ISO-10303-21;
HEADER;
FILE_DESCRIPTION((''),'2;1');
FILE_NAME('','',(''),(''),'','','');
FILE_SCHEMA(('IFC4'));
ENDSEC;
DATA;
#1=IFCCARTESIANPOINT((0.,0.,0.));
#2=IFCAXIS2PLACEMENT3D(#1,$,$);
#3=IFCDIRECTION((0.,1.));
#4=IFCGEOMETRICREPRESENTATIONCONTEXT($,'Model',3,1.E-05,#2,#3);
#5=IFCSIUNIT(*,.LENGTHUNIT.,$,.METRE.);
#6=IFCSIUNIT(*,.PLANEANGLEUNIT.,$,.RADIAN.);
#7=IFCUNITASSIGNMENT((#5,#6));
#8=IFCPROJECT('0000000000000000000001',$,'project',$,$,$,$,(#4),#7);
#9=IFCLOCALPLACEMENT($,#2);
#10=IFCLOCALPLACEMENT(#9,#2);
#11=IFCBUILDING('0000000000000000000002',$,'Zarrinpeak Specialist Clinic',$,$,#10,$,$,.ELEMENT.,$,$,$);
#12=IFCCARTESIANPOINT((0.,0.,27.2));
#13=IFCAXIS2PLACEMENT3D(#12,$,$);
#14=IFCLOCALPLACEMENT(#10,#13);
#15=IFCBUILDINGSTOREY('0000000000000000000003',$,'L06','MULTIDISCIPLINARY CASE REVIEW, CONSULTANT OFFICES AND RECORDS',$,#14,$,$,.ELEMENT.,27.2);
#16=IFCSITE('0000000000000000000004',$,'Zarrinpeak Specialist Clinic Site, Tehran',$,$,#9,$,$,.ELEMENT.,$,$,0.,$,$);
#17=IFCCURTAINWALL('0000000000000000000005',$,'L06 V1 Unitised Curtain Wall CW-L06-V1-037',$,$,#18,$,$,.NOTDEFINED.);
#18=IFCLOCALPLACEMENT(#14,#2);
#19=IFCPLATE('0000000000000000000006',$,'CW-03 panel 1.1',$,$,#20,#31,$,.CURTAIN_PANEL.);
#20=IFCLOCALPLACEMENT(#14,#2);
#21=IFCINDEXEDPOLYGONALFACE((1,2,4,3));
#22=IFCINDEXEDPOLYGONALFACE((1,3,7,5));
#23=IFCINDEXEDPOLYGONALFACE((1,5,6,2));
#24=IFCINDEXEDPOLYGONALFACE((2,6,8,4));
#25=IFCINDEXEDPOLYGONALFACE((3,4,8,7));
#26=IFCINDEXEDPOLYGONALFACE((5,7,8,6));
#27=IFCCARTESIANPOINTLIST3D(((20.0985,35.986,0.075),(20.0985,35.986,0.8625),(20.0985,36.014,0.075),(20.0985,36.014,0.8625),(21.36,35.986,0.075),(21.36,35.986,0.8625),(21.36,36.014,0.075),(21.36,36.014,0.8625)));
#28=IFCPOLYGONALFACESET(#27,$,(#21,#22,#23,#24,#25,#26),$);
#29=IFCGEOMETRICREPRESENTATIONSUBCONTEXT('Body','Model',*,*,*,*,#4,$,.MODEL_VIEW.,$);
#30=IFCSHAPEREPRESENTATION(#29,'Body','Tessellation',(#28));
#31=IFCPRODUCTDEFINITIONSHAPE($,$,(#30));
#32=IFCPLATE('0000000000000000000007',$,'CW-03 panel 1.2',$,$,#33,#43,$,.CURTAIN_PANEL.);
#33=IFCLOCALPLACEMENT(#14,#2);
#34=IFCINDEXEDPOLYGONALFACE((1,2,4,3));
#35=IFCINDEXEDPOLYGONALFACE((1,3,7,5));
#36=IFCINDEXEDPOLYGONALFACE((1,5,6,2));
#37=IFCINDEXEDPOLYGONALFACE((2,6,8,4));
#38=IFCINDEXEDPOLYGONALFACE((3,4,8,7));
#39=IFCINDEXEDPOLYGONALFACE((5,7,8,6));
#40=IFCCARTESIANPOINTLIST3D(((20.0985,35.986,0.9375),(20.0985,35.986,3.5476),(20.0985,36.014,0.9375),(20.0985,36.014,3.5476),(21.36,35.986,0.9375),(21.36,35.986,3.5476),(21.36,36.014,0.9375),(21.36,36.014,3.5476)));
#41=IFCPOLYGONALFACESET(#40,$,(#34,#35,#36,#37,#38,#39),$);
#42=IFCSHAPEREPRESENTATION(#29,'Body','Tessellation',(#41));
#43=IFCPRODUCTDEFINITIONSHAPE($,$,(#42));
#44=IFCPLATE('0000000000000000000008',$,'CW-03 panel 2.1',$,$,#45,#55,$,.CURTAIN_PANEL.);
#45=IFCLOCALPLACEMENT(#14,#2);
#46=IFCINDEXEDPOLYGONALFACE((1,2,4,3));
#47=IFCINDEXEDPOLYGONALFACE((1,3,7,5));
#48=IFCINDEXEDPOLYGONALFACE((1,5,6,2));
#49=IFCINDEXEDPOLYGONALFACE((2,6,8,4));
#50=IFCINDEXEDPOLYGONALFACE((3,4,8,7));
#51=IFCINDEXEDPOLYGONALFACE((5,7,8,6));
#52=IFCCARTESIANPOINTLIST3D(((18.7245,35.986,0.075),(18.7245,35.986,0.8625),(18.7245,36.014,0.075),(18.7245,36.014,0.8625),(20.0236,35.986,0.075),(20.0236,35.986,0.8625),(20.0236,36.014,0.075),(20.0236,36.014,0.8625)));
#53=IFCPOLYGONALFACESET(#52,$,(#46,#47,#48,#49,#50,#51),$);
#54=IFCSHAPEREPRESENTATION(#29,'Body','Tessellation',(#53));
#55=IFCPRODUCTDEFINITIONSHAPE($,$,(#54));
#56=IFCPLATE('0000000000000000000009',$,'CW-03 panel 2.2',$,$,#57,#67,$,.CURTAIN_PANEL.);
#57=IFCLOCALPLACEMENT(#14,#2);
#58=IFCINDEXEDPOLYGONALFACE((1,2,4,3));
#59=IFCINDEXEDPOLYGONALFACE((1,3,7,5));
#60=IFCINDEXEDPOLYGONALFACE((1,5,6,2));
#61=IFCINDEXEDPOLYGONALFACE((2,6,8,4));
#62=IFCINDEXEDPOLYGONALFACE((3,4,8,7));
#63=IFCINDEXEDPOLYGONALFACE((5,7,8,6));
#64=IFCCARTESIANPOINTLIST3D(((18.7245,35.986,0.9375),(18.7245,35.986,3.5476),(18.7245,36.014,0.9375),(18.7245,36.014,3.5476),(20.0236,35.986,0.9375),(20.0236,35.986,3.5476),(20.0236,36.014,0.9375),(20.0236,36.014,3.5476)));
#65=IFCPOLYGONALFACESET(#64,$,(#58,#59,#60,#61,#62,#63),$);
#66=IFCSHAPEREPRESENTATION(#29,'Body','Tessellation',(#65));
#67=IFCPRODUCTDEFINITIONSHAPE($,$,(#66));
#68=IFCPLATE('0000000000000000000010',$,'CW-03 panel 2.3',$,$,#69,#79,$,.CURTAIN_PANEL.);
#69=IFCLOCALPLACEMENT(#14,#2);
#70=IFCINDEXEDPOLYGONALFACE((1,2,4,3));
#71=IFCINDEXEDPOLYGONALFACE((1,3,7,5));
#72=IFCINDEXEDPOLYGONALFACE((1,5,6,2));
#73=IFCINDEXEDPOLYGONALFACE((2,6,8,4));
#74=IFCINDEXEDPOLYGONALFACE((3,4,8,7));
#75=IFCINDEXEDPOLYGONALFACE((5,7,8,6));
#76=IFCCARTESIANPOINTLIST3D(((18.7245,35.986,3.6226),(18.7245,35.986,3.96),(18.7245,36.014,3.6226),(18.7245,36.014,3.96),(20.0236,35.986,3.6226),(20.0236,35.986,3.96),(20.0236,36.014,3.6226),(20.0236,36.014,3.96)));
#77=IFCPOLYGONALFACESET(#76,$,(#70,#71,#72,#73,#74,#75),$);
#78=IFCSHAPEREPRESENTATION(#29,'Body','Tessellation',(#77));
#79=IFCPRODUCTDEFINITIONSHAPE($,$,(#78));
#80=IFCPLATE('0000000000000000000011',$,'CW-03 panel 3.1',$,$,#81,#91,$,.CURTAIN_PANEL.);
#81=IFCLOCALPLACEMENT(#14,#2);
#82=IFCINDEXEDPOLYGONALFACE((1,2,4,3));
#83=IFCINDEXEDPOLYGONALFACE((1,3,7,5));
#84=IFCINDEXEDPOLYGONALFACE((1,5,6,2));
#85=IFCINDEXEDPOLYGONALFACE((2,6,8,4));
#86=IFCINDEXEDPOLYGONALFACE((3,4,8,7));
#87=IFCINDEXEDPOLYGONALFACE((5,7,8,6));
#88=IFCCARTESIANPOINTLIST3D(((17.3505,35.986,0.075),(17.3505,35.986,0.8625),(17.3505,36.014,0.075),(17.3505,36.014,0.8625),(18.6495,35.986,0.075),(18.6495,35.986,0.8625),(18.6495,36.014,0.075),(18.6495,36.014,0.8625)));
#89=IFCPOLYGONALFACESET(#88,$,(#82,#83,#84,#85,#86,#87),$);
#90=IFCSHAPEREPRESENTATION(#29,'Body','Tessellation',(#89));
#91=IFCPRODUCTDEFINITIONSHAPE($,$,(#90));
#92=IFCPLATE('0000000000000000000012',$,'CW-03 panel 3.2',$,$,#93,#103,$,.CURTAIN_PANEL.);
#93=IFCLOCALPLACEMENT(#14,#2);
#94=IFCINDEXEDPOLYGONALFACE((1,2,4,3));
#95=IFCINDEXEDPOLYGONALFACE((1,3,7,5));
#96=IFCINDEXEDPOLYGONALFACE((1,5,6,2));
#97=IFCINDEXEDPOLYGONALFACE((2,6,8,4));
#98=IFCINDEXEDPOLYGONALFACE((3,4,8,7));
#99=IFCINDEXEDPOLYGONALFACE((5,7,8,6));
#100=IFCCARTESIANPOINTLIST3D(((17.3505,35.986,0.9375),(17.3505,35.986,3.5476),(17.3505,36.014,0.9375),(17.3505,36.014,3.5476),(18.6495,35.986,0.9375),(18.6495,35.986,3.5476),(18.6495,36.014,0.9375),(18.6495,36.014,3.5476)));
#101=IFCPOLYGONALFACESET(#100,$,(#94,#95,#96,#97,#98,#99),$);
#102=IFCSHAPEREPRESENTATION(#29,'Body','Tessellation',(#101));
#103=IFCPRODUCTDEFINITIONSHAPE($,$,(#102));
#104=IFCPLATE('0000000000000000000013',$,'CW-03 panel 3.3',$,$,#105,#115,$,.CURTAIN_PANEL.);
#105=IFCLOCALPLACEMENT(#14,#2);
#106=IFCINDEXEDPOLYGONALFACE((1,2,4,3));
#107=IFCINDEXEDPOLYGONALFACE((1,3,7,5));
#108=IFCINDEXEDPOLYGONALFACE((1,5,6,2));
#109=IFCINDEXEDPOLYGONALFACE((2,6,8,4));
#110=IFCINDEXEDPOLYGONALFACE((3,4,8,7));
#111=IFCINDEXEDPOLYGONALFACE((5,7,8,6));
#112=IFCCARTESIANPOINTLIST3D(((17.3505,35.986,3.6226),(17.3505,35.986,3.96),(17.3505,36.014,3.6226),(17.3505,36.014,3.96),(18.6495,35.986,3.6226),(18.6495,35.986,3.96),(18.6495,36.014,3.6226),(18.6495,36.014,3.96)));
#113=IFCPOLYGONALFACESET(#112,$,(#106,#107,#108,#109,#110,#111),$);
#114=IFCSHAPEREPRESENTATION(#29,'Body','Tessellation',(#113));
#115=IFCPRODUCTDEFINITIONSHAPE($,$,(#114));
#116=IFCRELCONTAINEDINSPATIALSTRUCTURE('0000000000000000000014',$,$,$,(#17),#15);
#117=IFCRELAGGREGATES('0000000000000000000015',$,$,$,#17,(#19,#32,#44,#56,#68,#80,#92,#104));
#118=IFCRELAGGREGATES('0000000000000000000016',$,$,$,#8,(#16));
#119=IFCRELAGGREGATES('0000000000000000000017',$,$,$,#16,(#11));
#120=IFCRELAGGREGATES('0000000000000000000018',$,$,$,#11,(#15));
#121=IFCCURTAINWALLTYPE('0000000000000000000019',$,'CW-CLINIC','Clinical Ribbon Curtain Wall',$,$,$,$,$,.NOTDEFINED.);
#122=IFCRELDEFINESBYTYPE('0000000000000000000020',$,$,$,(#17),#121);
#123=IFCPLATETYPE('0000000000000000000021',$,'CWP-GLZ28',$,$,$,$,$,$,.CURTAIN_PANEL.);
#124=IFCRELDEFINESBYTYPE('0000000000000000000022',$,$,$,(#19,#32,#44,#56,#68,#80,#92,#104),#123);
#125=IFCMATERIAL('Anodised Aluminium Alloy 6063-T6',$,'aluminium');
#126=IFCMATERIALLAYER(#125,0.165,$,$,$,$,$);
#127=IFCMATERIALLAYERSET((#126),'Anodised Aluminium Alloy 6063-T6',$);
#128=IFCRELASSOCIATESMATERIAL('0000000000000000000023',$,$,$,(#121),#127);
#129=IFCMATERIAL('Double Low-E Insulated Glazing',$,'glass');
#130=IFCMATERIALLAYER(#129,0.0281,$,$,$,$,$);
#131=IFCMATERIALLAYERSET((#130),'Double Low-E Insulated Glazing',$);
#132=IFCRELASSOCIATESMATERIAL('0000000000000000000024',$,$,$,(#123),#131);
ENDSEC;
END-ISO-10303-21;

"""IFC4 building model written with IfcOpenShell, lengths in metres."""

from ifc_helpers import new_model, si_unit, direction, frame, origin, origin_2d, place, context, subcontext, project, spatial, rectangle, extrude, material, layer, layer_set, type_object, element, aggregate, save


model = new_model("IFC4")

# Units and contexts
model_context = context("Model", 3, precision=1e-05, world=origin(), true_north=direction((0.0, 1.0)))
body_context = subcontext(model_context, "Body", "Model", "MODEL_VIEW")
ifc_project = project(units=[si_unit("LENGTHUNIT", "METRE"), si_unit("PLANEANGLEUNIT", "RADIAN")], contexts=[model_context])

# Site, building, storey
site_placement = place(None, origin())
site = spatial("IfcSite", under=ifc_project, at=site_placement, Name="Zarrinpeak Specialist Clinic Site, Tehran", CompositionType="ELEMENT", RefElevation=0.0)
building_placement = place(site_placement, origin())
building = spatial("IfcBuilding", under=site, at=building_placement, Name="Zarrinpeak Specialist Clinic", CompositionType="ELEMENT")
storey_placement = place(building_placement, frame((0.0, 0.0, 27.2)))
storey = spatial("IfcBuildingStorey", under=building, at=storey_placement, Name="L06", Description="MULTIDISCIPLINARY CASE REVIEW, CONSULTANT OFFICES AND RECORDS", CompositionType="ELEMENT", Elevation=27.2)

# Curtain wall, plates
ifc_material_1 = material(Name="Anodised Aluminium Alloy 6063-T6", Category="aluminium")
ifc_layer_1 = layer(ifc_material_1, 0.165)
ifc_layer_set_1 = layer_set([ifc_layer_1], Name="Anodised Aluminium Alloy 6063-T6")
curtain_wall_type = type_object("IfcCurtainWallType", Name="CW-CLINIC", Description="Clinical Ribbon Curtain Wall", PredefinedType="NOTDEFINED", material=ifc_layer_set_1)
curtain_wall_placement = place(storey_placement, origin())
curtain_wall = element("IfcCurtainWall", 1, at=curtain_wall_placement, inside=storey, type_object=curtain_wall_type, Name="L06 V1 Unitised Curtain Wall CW-L06-V1-037", PredefinedType="NOTDEFINED")
ifc_material_2 = material(Name="Double Low-E Insulated Glazing", Category="glass")
ifc_layer_2 = layer(ifc_material_2, 0.0281)
ifc_layer_set_2 = layer_set([ifc_layer_2], Name="Double Low-E Insulated Glazing")
plate_type = type_object("IfcPlateType", Name="CWP-GLZ28", PredefinedType="CURTAIN_PANEL", material=ifc_layer_set_2)
plate_1_placement = place(storey_placement, frame((20.7292, 36.0, 0.075), z_axis=(0.0, 0.0, 1.0), x_axis=(-1.0, 0.0, 0.0)))
plate_1 = element("IfcPlate", 2, at=plate_1_placement, type_object=plate_type, Name="CW-03 panel 1.1", PredefinedType="CURTAIN_PANEL", context=body_context, shape_type="SweptSolid", body=[
    extrude(rectangle(XDim=1.2615, YDim=0.0281, at=origin_2d()), origin(), (0.0, 0.0, 1.0), 0.7876),
])
plate_2_placement = place(storey_placement, frame((20.7292, 36.0, 0.9375), z_axis=(0.0, 0.0, 1.0), x_axis=(-1.0, 0.0, 0.0)))
plate_2 = element("IfcPlate", 3, at=plate_2_placement, type_object=plate_type, Name="CW-03 panel 1.2", PredefinedType="CURTAIN_PANEL", context=body_context, shape_type="SweptSolid", body=[
    extrude(rectangle(XDim=1.2615, YDim=0.0281, at=origin_2d()), origin(), (0.0, 0.0, 1.0), 2.6101),
])
plate_3_placement = place(storey_placement, frame((19.374, 36.0, 0.075), z_axis=(0.0, 0.0, 1.0), x_axis=(-1.0, 0.0, 0.0)))
plate_3 = element("IfcPlate", 4, at=plate_3_placement, type_object=plate_type, Name="CW-03 panel 2.1", PredefinedType="CURTAIN_PANEL", context=body_context, shape_type="SweptSolid", body=[
    extrude(rectangle(XDim=1.2991, YDim=0.0281, at=origin_2d()), origin(), (0.0, 0.0, 1.0), 0.7876),
])
plate_4_placement = place(storey_placement, frame((19.374, 36.0, 0.9375), z_axis=(0.0, 0.0, 1.0), x_axis=(-1.0, 0.0, 0.0)))
plate_4 = element("IfcPlate", 5, at=plate_4_placement, type_object=plate_type, Name="CW-03 panel 2.2", PredefinedType="CURTAIN_PANEL", context=body_context, shape_type="SweptSolid", body=[
    extrude(rectangle(XDim=1.2991, YDim=0.0281, at=origin_2d()), origin(), (0.0, 0.0, 1.0), 2.6101),
])
plate_5_placement = place(storey_placement, frame((19.374, 36.0, 3.6226), z_axis=(0.0, 0.0, 1.0), x_axis=(-1.0, 0.0, 0.0)))
plate_5 = element("IfcPlate", 6, at=plate_5_placement, type_object=plate_type, Name="CW-03 panel 2.3", PredefinedType="CURTAIN_PANEL", context=body_context, shape_type="SweptSolid", body=[
    extrude(rectangle(XDim=1.2991, YDim=0.0281, at=origin_2d()), origin(), (0.0, 0.0, 1.0), 0.3374),
])
plate_6_placement = place(storey_placement, frame((18.0, 36.0, 0.075), z_axis=(0.0, 0.0, 1.0), x_axis=(-1.0, 0.0, 0.0)))
plate_6 = element("IfcPlate", 7, at=plate_6_placement, type_object=plate_type, Name="CW-03 panel 3.1", PredefinedType="CURTAIN_PANEL", context=body_context, shape_type="SweptSolid", body=[
    extrude(rectangle(XDim=1.2991, YDim=0.0281, at=origin_2d()), origin(), (0.0, 0.0, 1.0), 0.7876),
])
plate_7_placement = place(storey_placement, frame((18.0, 36.0, 0.9375), z_axis=(0.0, 0.0, 1.0), x_axis=(-1.0, 0.0, 0.0)))
plate_7 = element("IfcPlate", 8, at=plate_7_placement, type_object=plate_type, Name="CW-03 panel 3.2", PredefinedType="CURTAIN_PANEL", context=body_context, shape_type="SweptSolid", body=[
    extrude(rectangle(XDim=1.2991, YDim=0.0281, at=origin_2d()), origin(), (0.0, 0.0, 1.0), 2.6101),
])
plate_8_placement = place(storey_placement, frame((18.0, 36.0, 3.6226), z_axis=(0.0, 0.0, 1.0), x_axis=(-1.0, 0.0, 0.0)))
plate_8 = element("IfcPlate", 9, at=plate_8_placement, type_object=plate_type, Name="CW-03 panel 3.3", PredefinedType="CURTAIN_PANEL", context=body_context, shape_type="SweptSolid", body=[
    extrude(rectangle(XDim=1.2991, YDim=0.0281, at=origin_2d()), origin(), (0.0, 0.0, 1.0), 0.3374),
])
aggregate(curtain_wall, [plate_1, plate_2, plate_3, plate_4, plate_5, plate_6, plate_7, plate_8])

save(model, "model.ifc")
